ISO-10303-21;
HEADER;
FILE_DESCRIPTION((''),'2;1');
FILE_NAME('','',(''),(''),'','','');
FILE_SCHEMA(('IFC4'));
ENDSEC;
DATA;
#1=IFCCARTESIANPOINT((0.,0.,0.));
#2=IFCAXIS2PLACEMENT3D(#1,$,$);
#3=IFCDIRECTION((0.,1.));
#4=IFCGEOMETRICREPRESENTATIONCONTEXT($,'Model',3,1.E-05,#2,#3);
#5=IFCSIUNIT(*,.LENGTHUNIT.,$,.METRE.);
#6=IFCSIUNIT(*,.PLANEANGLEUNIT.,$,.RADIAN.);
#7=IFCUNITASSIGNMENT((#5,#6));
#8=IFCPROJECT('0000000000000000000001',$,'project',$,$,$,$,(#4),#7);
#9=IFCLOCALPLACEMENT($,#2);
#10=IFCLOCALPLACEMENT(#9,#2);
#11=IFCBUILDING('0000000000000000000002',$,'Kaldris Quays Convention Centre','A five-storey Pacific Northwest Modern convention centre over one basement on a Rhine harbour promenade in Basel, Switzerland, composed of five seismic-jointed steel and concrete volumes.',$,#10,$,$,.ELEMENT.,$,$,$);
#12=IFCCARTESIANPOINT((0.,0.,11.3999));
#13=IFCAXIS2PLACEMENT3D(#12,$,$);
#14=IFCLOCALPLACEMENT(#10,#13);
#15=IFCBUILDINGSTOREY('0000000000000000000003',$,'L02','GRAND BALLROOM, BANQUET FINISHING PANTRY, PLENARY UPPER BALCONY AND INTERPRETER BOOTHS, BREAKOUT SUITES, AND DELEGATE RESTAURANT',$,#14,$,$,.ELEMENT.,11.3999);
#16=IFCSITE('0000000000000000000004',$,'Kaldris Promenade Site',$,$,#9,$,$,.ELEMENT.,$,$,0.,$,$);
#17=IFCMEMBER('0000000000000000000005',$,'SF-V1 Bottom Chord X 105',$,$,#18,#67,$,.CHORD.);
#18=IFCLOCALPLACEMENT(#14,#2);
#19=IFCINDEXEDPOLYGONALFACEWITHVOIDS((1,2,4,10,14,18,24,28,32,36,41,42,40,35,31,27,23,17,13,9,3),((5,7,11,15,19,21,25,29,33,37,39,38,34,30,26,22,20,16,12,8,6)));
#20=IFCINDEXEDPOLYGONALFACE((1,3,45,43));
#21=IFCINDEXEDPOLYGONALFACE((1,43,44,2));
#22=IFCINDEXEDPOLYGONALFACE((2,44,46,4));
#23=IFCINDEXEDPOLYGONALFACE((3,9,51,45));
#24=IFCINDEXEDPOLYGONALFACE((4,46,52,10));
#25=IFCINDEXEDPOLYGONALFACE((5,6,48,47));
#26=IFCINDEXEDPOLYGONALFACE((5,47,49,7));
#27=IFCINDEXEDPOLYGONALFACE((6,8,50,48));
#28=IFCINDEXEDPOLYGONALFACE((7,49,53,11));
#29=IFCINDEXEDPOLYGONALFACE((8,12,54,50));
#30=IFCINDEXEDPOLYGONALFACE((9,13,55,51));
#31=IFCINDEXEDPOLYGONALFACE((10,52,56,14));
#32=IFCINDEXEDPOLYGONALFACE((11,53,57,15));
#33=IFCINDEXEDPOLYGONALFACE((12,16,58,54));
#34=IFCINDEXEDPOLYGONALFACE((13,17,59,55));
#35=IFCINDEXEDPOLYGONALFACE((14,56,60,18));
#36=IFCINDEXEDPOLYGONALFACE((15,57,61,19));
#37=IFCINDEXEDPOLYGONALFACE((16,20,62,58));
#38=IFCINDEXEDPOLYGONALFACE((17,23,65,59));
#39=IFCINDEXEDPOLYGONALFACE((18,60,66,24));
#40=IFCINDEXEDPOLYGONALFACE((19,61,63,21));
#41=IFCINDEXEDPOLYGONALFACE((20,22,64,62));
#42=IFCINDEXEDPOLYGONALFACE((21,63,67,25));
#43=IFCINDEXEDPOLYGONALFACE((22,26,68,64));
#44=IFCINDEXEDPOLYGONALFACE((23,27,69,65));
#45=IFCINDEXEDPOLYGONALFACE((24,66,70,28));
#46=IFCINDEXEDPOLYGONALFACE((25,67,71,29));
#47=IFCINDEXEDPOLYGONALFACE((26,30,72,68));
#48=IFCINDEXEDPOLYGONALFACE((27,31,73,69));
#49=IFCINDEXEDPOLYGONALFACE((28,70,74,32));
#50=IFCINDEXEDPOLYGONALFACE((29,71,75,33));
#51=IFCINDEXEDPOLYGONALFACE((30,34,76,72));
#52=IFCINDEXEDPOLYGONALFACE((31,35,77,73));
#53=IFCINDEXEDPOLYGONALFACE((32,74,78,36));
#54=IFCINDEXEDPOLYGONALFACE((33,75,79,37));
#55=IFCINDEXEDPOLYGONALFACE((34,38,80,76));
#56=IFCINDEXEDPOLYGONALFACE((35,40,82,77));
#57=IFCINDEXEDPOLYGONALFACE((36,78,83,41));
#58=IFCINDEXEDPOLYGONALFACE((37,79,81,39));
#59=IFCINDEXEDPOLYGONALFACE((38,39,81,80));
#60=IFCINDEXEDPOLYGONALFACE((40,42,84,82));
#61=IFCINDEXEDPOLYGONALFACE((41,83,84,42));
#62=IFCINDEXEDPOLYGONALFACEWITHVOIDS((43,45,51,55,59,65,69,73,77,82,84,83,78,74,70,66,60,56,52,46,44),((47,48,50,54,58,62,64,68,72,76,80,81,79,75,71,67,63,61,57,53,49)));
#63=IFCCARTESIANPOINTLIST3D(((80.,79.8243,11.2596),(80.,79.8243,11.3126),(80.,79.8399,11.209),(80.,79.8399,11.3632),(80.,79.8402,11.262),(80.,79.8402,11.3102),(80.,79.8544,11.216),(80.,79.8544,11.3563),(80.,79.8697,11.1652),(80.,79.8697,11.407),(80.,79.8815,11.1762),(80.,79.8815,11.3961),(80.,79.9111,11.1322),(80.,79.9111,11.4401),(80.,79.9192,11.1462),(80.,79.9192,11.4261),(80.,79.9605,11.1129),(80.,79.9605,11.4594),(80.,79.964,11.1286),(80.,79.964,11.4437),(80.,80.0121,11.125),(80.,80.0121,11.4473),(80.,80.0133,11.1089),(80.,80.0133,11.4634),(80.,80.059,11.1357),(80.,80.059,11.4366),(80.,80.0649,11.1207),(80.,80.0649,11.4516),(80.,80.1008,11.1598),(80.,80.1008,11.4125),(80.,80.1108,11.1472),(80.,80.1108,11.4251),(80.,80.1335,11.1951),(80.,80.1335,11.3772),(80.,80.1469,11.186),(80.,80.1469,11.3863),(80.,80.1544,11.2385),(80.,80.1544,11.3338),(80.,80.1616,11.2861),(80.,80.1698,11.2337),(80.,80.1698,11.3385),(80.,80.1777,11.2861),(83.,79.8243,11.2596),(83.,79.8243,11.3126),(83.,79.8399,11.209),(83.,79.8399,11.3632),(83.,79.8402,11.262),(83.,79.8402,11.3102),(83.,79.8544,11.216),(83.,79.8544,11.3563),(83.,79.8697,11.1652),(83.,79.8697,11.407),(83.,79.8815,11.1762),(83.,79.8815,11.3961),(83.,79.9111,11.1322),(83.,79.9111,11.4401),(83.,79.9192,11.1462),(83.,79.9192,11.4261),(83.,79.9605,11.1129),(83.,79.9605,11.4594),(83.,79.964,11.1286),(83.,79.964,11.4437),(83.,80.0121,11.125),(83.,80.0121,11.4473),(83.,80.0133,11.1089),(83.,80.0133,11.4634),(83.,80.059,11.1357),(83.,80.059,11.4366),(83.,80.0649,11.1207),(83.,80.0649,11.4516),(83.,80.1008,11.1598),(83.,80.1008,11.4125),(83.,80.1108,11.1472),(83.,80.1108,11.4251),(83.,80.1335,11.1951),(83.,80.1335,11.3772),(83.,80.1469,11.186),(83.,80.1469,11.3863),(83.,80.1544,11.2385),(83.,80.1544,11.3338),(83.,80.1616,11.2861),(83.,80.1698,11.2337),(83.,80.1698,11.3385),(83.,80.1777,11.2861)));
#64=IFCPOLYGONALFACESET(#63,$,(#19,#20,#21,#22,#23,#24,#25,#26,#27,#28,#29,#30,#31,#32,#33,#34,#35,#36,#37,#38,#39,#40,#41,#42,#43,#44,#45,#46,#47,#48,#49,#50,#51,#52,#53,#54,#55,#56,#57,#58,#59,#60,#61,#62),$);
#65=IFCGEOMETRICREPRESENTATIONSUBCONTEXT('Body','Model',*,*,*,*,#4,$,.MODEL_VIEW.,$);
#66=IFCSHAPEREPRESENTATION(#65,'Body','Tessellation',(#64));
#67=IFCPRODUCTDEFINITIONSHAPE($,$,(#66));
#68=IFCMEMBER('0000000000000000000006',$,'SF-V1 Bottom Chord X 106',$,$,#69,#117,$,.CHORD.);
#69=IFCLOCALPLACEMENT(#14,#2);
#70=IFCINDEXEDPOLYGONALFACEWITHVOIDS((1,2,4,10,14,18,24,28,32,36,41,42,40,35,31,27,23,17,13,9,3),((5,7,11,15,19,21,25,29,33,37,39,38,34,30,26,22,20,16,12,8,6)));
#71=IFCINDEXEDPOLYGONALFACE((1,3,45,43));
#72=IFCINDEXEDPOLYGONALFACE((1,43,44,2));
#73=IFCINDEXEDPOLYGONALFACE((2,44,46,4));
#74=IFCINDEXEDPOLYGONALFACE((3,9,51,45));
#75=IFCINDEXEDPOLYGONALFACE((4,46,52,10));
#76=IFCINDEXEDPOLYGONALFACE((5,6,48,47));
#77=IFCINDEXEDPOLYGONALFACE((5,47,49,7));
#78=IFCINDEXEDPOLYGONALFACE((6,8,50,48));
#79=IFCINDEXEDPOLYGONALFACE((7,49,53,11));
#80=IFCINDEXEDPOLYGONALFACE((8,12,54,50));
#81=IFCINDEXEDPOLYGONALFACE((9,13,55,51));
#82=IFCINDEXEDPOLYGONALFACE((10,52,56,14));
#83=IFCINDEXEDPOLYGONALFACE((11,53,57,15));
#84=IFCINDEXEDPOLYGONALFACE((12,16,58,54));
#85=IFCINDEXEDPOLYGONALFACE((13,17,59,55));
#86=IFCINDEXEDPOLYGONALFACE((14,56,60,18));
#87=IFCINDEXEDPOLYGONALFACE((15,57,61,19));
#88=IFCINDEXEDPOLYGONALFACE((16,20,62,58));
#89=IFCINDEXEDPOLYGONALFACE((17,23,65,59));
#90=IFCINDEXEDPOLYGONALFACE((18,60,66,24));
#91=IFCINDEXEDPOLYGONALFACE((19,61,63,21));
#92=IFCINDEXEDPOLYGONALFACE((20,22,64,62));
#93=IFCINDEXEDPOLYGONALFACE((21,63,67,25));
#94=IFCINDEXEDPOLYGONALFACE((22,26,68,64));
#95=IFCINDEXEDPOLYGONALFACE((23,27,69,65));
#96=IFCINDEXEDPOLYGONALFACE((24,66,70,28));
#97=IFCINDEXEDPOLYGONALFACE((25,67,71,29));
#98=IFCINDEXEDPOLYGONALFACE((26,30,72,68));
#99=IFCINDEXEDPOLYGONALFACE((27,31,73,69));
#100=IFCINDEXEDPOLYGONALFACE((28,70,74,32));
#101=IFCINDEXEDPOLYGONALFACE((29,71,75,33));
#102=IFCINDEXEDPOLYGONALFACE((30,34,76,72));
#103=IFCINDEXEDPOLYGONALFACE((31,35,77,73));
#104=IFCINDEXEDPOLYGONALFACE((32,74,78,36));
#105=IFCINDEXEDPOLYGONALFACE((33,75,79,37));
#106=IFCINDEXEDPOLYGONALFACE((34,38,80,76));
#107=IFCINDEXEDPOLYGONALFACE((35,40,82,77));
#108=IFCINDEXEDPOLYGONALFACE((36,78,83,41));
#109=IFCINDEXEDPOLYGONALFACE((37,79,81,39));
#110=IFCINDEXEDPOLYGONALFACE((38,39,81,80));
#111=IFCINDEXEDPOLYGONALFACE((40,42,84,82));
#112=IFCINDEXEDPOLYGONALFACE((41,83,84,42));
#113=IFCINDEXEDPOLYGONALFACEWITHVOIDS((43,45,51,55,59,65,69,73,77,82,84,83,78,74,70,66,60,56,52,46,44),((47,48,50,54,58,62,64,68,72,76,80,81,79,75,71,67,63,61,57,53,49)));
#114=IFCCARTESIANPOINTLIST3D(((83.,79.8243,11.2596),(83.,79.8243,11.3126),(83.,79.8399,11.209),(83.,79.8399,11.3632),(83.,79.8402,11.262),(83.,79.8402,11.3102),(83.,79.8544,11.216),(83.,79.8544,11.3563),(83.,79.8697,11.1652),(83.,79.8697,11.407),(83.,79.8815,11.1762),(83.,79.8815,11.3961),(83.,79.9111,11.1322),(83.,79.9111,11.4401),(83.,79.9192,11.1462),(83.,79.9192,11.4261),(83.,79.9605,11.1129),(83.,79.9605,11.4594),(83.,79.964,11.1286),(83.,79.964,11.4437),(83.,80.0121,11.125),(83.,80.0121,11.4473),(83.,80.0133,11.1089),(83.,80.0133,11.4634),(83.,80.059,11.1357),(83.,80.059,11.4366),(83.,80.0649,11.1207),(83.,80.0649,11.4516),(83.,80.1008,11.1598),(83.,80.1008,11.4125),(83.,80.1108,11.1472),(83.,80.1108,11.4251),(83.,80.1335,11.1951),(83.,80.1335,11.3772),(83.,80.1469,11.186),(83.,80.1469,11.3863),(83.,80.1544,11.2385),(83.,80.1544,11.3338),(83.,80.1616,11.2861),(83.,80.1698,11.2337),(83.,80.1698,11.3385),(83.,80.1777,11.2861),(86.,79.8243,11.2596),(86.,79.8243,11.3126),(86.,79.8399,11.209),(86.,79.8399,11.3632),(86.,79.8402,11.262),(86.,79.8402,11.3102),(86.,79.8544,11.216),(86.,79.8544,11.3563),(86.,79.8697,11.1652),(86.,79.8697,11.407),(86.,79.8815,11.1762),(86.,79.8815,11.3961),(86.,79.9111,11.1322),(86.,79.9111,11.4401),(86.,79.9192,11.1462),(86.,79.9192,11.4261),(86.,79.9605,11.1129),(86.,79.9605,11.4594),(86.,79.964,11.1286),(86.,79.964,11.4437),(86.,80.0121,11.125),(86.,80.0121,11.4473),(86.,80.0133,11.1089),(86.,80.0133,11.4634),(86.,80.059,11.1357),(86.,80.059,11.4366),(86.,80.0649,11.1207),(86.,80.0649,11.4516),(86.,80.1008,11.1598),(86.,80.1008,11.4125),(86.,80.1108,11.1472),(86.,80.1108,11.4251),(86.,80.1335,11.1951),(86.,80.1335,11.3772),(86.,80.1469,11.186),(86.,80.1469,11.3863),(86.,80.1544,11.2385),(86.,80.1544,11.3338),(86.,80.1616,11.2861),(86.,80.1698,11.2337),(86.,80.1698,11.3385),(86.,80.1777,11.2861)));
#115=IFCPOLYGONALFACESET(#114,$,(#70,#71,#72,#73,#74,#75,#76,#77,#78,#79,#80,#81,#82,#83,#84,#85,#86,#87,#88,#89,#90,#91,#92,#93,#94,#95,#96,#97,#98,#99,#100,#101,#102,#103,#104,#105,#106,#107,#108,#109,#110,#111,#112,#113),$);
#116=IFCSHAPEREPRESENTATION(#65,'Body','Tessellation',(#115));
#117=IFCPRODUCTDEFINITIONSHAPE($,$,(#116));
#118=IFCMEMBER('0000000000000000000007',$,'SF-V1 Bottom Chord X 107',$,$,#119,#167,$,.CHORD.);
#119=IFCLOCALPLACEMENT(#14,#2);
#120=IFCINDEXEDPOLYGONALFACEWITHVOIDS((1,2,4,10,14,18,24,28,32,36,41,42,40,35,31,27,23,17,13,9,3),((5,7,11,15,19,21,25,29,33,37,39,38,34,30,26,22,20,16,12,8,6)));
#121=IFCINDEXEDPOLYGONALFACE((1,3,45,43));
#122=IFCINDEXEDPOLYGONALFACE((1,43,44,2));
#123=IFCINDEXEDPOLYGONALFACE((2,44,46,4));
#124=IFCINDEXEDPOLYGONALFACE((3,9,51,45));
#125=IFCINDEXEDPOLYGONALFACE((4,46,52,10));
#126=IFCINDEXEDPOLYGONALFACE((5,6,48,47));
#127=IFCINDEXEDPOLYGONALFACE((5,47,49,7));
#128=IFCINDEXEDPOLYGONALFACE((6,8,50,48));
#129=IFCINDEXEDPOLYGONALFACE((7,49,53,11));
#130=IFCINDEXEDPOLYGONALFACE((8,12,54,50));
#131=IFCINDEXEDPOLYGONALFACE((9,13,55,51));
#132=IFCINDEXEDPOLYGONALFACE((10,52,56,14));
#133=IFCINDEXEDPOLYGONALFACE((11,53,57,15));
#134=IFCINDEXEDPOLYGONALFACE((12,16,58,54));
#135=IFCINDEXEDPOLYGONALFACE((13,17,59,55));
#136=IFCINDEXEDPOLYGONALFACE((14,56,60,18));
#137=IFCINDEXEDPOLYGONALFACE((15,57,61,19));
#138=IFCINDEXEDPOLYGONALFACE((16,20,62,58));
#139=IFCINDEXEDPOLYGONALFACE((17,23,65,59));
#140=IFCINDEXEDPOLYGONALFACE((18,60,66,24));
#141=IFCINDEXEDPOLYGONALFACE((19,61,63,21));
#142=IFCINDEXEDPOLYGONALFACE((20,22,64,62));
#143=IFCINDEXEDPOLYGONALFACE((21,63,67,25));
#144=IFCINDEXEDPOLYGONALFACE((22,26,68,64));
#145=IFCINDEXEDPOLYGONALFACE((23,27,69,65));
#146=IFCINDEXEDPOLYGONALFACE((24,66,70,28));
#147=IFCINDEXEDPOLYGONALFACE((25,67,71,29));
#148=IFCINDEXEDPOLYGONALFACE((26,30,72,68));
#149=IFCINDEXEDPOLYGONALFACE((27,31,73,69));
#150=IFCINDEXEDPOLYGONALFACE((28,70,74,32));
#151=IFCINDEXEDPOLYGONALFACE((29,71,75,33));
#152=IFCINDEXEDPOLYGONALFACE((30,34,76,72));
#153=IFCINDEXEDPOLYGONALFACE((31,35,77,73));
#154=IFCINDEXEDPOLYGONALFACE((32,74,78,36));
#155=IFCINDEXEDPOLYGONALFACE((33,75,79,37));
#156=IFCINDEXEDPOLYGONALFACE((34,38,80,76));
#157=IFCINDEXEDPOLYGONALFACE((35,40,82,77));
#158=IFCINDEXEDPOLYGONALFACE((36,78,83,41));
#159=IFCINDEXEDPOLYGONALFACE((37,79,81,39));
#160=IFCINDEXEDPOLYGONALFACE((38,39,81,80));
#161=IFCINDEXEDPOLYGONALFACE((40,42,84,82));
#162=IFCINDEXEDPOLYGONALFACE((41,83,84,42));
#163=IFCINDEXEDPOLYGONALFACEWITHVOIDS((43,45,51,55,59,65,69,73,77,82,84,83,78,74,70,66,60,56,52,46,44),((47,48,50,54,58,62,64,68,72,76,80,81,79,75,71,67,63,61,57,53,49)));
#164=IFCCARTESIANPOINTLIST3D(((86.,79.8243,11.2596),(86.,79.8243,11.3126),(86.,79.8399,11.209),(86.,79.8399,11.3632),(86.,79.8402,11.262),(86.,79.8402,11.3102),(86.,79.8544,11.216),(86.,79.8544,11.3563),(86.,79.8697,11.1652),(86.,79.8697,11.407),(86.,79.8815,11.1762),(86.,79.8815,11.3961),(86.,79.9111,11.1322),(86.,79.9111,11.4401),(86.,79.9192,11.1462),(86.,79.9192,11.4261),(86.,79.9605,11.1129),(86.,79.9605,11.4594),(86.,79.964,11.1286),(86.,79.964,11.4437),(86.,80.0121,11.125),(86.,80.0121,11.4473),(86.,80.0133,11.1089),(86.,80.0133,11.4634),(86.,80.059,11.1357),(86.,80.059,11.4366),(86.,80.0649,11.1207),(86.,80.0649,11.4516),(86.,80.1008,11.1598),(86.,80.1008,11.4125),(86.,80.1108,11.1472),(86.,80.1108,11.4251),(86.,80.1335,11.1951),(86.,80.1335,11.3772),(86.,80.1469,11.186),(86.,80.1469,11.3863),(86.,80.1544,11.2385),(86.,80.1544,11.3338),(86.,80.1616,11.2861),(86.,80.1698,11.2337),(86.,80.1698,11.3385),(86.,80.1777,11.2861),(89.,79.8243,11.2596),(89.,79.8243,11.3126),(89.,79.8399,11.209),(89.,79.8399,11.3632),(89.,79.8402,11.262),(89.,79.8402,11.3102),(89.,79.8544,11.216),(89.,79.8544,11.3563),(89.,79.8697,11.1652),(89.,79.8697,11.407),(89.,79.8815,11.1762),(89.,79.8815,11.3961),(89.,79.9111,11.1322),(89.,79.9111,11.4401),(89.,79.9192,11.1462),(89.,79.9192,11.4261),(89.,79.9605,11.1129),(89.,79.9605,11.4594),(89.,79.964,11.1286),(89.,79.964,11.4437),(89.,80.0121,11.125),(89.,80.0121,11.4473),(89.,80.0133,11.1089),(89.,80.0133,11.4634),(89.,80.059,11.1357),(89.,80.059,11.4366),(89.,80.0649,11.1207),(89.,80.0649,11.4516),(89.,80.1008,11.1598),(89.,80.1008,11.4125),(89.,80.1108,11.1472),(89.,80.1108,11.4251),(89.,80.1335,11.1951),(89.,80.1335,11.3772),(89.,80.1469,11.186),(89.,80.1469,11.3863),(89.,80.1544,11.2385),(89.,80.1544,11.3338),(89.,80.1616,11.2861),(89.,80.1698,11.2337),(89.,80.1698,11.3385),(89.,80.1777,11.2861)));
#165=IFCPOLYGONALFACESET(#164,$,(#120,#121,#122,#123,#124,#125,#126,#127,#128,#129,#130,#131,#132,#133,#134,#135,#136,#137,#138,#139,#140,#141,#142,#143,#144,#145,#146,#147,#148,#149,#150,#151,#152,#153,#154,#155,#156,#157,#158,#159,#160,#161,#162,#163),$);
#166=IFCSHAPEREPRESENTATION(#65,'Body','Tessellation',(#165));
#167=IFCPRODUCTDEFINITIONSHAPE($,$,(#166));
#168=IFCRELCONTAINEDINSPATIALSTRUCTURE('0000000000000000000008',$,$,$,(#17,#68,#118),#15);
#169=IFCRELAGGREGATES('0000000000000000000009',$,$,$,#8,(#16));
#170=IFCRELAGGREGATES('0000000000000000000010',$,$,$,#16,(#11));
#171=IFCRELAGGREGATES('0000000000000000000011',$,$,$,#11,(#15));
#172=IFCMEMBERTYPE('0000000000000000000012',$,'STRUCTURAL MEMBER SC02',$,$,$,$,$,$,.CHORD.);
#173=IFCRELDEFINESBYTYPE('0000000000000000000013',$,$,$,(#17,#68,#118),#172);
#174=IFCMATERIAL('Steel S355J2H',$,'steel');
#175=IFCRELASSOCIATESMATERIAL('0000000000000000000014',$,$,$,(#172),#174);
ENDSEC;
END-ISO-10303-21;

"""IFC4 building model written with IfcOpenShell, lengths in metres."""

from ifc_helpers import new_model, si_unit, direction, frame, origin, origin_2d, place, context, subcontext, project, spatial, hollow_circle, extrude, material, material_profile, profile_set, type_object, element, save


model = new_model("IFC4")

# Units and contexts
model_context = context("Model", 3, precision=1e-05, world=origin(), true_north=direction((0.0, 1.0)))
body_context = subcontext(model_context, "Body", "Model", "MODEL_VIEW")
ifc_project = project(units=[si_unit("LENGTHUNIT", "METRE"), si_unit("PLANEANGLEUNIT", "RADIAN")], contexts=[model_context])

# Site, building, storey
site_placement = place(None, origin())
site = spatial("IfcSite", under=ifc_project, at=site_placement, Name="Kaldris Promenade Site", CompositionType="ELEMENT", RefElevation=0.0)
building_placement = place(site_placement, origin())
building = spatial("IfcBuilding", under=site, at=building_placement, Name="Kaldris Quays Convention Centre", Description="A five-storey Pacific Northwest Modern convention centre over one basement on a Rhine harbour promenade in Basel, Switzerland, composed of five seismic-jointed steel and concrete volumes.", CompositionType="ELEMENT")
storey_placement = place(building_placement, frame((0.0, 0.0, 11.3999)))
storey = spatial("IfcBuildingStorey", under=building, at=storey_placement, Name="L02", Description="GRAND BALLROOM, BANQUET FINISHING PANTRY, PLENARY UPPER BALCONY AND INTERPRETER BOOTHS, BREAKOUT SUITES, AND DELEGATE RESTAURANT", CompositionType="ELEMENT", Elevation=11.3999)

# Members
ifc_material = material(Name="Steel S355J2H", Category="steel")
ifc_material_profile_1 = material_profile(ifc_material, hollow_circle(Radius=0.1777, WallThickness=0.0161, at=origin_2d()), Name="CHS 355.6x16")
ifc_profile_set_1 = profile_set([ifc_material_profile_1], Name="Steel S355J2H")
member_type_1 = type_object("IfcMemberType", Name="STRUCTURAL MEMBER SC02", PredefinedType="CHORD", material=ifc_profile_set_1)
for number, where, z_axis, x_axis, name in (
    (1, (80.0, 80.0, 11.2861), (1.0, 0.0, 0.0), (0.0, 1.0, 0.0), "SF-V1 Bottom Chord X 105"),
    (2, (83.0, 80.0, 11.2861), (1.0, 0.0, 0.0), (0.0, 1.0, 0.0), "SF-V1 Bottom Chord X 106"),
    (3, (86.0, 80.0, 11.2861), (1.0, 0.0, 0.0), (0.0, 1.0, 0.0), "SF-V1 Bottom Chord X 107"),
):
    element("IfcMember", number, at=place(storey_placement, frame(where, z_axis=z_axis, x_axis=x_axis)), inside=storey, type_object=member_type_1, Name=name, PredefinedType="CHORD", context=body_context, shape_type="SweptSolid", body=[
        extrude(hollow_circle(Radius=0.1777, WallThickness=0.0161, at=origin_2d()), origin(), (0.0, 0.0, 1.0), 3.0),
    ])

save(model, "model.ifc")
